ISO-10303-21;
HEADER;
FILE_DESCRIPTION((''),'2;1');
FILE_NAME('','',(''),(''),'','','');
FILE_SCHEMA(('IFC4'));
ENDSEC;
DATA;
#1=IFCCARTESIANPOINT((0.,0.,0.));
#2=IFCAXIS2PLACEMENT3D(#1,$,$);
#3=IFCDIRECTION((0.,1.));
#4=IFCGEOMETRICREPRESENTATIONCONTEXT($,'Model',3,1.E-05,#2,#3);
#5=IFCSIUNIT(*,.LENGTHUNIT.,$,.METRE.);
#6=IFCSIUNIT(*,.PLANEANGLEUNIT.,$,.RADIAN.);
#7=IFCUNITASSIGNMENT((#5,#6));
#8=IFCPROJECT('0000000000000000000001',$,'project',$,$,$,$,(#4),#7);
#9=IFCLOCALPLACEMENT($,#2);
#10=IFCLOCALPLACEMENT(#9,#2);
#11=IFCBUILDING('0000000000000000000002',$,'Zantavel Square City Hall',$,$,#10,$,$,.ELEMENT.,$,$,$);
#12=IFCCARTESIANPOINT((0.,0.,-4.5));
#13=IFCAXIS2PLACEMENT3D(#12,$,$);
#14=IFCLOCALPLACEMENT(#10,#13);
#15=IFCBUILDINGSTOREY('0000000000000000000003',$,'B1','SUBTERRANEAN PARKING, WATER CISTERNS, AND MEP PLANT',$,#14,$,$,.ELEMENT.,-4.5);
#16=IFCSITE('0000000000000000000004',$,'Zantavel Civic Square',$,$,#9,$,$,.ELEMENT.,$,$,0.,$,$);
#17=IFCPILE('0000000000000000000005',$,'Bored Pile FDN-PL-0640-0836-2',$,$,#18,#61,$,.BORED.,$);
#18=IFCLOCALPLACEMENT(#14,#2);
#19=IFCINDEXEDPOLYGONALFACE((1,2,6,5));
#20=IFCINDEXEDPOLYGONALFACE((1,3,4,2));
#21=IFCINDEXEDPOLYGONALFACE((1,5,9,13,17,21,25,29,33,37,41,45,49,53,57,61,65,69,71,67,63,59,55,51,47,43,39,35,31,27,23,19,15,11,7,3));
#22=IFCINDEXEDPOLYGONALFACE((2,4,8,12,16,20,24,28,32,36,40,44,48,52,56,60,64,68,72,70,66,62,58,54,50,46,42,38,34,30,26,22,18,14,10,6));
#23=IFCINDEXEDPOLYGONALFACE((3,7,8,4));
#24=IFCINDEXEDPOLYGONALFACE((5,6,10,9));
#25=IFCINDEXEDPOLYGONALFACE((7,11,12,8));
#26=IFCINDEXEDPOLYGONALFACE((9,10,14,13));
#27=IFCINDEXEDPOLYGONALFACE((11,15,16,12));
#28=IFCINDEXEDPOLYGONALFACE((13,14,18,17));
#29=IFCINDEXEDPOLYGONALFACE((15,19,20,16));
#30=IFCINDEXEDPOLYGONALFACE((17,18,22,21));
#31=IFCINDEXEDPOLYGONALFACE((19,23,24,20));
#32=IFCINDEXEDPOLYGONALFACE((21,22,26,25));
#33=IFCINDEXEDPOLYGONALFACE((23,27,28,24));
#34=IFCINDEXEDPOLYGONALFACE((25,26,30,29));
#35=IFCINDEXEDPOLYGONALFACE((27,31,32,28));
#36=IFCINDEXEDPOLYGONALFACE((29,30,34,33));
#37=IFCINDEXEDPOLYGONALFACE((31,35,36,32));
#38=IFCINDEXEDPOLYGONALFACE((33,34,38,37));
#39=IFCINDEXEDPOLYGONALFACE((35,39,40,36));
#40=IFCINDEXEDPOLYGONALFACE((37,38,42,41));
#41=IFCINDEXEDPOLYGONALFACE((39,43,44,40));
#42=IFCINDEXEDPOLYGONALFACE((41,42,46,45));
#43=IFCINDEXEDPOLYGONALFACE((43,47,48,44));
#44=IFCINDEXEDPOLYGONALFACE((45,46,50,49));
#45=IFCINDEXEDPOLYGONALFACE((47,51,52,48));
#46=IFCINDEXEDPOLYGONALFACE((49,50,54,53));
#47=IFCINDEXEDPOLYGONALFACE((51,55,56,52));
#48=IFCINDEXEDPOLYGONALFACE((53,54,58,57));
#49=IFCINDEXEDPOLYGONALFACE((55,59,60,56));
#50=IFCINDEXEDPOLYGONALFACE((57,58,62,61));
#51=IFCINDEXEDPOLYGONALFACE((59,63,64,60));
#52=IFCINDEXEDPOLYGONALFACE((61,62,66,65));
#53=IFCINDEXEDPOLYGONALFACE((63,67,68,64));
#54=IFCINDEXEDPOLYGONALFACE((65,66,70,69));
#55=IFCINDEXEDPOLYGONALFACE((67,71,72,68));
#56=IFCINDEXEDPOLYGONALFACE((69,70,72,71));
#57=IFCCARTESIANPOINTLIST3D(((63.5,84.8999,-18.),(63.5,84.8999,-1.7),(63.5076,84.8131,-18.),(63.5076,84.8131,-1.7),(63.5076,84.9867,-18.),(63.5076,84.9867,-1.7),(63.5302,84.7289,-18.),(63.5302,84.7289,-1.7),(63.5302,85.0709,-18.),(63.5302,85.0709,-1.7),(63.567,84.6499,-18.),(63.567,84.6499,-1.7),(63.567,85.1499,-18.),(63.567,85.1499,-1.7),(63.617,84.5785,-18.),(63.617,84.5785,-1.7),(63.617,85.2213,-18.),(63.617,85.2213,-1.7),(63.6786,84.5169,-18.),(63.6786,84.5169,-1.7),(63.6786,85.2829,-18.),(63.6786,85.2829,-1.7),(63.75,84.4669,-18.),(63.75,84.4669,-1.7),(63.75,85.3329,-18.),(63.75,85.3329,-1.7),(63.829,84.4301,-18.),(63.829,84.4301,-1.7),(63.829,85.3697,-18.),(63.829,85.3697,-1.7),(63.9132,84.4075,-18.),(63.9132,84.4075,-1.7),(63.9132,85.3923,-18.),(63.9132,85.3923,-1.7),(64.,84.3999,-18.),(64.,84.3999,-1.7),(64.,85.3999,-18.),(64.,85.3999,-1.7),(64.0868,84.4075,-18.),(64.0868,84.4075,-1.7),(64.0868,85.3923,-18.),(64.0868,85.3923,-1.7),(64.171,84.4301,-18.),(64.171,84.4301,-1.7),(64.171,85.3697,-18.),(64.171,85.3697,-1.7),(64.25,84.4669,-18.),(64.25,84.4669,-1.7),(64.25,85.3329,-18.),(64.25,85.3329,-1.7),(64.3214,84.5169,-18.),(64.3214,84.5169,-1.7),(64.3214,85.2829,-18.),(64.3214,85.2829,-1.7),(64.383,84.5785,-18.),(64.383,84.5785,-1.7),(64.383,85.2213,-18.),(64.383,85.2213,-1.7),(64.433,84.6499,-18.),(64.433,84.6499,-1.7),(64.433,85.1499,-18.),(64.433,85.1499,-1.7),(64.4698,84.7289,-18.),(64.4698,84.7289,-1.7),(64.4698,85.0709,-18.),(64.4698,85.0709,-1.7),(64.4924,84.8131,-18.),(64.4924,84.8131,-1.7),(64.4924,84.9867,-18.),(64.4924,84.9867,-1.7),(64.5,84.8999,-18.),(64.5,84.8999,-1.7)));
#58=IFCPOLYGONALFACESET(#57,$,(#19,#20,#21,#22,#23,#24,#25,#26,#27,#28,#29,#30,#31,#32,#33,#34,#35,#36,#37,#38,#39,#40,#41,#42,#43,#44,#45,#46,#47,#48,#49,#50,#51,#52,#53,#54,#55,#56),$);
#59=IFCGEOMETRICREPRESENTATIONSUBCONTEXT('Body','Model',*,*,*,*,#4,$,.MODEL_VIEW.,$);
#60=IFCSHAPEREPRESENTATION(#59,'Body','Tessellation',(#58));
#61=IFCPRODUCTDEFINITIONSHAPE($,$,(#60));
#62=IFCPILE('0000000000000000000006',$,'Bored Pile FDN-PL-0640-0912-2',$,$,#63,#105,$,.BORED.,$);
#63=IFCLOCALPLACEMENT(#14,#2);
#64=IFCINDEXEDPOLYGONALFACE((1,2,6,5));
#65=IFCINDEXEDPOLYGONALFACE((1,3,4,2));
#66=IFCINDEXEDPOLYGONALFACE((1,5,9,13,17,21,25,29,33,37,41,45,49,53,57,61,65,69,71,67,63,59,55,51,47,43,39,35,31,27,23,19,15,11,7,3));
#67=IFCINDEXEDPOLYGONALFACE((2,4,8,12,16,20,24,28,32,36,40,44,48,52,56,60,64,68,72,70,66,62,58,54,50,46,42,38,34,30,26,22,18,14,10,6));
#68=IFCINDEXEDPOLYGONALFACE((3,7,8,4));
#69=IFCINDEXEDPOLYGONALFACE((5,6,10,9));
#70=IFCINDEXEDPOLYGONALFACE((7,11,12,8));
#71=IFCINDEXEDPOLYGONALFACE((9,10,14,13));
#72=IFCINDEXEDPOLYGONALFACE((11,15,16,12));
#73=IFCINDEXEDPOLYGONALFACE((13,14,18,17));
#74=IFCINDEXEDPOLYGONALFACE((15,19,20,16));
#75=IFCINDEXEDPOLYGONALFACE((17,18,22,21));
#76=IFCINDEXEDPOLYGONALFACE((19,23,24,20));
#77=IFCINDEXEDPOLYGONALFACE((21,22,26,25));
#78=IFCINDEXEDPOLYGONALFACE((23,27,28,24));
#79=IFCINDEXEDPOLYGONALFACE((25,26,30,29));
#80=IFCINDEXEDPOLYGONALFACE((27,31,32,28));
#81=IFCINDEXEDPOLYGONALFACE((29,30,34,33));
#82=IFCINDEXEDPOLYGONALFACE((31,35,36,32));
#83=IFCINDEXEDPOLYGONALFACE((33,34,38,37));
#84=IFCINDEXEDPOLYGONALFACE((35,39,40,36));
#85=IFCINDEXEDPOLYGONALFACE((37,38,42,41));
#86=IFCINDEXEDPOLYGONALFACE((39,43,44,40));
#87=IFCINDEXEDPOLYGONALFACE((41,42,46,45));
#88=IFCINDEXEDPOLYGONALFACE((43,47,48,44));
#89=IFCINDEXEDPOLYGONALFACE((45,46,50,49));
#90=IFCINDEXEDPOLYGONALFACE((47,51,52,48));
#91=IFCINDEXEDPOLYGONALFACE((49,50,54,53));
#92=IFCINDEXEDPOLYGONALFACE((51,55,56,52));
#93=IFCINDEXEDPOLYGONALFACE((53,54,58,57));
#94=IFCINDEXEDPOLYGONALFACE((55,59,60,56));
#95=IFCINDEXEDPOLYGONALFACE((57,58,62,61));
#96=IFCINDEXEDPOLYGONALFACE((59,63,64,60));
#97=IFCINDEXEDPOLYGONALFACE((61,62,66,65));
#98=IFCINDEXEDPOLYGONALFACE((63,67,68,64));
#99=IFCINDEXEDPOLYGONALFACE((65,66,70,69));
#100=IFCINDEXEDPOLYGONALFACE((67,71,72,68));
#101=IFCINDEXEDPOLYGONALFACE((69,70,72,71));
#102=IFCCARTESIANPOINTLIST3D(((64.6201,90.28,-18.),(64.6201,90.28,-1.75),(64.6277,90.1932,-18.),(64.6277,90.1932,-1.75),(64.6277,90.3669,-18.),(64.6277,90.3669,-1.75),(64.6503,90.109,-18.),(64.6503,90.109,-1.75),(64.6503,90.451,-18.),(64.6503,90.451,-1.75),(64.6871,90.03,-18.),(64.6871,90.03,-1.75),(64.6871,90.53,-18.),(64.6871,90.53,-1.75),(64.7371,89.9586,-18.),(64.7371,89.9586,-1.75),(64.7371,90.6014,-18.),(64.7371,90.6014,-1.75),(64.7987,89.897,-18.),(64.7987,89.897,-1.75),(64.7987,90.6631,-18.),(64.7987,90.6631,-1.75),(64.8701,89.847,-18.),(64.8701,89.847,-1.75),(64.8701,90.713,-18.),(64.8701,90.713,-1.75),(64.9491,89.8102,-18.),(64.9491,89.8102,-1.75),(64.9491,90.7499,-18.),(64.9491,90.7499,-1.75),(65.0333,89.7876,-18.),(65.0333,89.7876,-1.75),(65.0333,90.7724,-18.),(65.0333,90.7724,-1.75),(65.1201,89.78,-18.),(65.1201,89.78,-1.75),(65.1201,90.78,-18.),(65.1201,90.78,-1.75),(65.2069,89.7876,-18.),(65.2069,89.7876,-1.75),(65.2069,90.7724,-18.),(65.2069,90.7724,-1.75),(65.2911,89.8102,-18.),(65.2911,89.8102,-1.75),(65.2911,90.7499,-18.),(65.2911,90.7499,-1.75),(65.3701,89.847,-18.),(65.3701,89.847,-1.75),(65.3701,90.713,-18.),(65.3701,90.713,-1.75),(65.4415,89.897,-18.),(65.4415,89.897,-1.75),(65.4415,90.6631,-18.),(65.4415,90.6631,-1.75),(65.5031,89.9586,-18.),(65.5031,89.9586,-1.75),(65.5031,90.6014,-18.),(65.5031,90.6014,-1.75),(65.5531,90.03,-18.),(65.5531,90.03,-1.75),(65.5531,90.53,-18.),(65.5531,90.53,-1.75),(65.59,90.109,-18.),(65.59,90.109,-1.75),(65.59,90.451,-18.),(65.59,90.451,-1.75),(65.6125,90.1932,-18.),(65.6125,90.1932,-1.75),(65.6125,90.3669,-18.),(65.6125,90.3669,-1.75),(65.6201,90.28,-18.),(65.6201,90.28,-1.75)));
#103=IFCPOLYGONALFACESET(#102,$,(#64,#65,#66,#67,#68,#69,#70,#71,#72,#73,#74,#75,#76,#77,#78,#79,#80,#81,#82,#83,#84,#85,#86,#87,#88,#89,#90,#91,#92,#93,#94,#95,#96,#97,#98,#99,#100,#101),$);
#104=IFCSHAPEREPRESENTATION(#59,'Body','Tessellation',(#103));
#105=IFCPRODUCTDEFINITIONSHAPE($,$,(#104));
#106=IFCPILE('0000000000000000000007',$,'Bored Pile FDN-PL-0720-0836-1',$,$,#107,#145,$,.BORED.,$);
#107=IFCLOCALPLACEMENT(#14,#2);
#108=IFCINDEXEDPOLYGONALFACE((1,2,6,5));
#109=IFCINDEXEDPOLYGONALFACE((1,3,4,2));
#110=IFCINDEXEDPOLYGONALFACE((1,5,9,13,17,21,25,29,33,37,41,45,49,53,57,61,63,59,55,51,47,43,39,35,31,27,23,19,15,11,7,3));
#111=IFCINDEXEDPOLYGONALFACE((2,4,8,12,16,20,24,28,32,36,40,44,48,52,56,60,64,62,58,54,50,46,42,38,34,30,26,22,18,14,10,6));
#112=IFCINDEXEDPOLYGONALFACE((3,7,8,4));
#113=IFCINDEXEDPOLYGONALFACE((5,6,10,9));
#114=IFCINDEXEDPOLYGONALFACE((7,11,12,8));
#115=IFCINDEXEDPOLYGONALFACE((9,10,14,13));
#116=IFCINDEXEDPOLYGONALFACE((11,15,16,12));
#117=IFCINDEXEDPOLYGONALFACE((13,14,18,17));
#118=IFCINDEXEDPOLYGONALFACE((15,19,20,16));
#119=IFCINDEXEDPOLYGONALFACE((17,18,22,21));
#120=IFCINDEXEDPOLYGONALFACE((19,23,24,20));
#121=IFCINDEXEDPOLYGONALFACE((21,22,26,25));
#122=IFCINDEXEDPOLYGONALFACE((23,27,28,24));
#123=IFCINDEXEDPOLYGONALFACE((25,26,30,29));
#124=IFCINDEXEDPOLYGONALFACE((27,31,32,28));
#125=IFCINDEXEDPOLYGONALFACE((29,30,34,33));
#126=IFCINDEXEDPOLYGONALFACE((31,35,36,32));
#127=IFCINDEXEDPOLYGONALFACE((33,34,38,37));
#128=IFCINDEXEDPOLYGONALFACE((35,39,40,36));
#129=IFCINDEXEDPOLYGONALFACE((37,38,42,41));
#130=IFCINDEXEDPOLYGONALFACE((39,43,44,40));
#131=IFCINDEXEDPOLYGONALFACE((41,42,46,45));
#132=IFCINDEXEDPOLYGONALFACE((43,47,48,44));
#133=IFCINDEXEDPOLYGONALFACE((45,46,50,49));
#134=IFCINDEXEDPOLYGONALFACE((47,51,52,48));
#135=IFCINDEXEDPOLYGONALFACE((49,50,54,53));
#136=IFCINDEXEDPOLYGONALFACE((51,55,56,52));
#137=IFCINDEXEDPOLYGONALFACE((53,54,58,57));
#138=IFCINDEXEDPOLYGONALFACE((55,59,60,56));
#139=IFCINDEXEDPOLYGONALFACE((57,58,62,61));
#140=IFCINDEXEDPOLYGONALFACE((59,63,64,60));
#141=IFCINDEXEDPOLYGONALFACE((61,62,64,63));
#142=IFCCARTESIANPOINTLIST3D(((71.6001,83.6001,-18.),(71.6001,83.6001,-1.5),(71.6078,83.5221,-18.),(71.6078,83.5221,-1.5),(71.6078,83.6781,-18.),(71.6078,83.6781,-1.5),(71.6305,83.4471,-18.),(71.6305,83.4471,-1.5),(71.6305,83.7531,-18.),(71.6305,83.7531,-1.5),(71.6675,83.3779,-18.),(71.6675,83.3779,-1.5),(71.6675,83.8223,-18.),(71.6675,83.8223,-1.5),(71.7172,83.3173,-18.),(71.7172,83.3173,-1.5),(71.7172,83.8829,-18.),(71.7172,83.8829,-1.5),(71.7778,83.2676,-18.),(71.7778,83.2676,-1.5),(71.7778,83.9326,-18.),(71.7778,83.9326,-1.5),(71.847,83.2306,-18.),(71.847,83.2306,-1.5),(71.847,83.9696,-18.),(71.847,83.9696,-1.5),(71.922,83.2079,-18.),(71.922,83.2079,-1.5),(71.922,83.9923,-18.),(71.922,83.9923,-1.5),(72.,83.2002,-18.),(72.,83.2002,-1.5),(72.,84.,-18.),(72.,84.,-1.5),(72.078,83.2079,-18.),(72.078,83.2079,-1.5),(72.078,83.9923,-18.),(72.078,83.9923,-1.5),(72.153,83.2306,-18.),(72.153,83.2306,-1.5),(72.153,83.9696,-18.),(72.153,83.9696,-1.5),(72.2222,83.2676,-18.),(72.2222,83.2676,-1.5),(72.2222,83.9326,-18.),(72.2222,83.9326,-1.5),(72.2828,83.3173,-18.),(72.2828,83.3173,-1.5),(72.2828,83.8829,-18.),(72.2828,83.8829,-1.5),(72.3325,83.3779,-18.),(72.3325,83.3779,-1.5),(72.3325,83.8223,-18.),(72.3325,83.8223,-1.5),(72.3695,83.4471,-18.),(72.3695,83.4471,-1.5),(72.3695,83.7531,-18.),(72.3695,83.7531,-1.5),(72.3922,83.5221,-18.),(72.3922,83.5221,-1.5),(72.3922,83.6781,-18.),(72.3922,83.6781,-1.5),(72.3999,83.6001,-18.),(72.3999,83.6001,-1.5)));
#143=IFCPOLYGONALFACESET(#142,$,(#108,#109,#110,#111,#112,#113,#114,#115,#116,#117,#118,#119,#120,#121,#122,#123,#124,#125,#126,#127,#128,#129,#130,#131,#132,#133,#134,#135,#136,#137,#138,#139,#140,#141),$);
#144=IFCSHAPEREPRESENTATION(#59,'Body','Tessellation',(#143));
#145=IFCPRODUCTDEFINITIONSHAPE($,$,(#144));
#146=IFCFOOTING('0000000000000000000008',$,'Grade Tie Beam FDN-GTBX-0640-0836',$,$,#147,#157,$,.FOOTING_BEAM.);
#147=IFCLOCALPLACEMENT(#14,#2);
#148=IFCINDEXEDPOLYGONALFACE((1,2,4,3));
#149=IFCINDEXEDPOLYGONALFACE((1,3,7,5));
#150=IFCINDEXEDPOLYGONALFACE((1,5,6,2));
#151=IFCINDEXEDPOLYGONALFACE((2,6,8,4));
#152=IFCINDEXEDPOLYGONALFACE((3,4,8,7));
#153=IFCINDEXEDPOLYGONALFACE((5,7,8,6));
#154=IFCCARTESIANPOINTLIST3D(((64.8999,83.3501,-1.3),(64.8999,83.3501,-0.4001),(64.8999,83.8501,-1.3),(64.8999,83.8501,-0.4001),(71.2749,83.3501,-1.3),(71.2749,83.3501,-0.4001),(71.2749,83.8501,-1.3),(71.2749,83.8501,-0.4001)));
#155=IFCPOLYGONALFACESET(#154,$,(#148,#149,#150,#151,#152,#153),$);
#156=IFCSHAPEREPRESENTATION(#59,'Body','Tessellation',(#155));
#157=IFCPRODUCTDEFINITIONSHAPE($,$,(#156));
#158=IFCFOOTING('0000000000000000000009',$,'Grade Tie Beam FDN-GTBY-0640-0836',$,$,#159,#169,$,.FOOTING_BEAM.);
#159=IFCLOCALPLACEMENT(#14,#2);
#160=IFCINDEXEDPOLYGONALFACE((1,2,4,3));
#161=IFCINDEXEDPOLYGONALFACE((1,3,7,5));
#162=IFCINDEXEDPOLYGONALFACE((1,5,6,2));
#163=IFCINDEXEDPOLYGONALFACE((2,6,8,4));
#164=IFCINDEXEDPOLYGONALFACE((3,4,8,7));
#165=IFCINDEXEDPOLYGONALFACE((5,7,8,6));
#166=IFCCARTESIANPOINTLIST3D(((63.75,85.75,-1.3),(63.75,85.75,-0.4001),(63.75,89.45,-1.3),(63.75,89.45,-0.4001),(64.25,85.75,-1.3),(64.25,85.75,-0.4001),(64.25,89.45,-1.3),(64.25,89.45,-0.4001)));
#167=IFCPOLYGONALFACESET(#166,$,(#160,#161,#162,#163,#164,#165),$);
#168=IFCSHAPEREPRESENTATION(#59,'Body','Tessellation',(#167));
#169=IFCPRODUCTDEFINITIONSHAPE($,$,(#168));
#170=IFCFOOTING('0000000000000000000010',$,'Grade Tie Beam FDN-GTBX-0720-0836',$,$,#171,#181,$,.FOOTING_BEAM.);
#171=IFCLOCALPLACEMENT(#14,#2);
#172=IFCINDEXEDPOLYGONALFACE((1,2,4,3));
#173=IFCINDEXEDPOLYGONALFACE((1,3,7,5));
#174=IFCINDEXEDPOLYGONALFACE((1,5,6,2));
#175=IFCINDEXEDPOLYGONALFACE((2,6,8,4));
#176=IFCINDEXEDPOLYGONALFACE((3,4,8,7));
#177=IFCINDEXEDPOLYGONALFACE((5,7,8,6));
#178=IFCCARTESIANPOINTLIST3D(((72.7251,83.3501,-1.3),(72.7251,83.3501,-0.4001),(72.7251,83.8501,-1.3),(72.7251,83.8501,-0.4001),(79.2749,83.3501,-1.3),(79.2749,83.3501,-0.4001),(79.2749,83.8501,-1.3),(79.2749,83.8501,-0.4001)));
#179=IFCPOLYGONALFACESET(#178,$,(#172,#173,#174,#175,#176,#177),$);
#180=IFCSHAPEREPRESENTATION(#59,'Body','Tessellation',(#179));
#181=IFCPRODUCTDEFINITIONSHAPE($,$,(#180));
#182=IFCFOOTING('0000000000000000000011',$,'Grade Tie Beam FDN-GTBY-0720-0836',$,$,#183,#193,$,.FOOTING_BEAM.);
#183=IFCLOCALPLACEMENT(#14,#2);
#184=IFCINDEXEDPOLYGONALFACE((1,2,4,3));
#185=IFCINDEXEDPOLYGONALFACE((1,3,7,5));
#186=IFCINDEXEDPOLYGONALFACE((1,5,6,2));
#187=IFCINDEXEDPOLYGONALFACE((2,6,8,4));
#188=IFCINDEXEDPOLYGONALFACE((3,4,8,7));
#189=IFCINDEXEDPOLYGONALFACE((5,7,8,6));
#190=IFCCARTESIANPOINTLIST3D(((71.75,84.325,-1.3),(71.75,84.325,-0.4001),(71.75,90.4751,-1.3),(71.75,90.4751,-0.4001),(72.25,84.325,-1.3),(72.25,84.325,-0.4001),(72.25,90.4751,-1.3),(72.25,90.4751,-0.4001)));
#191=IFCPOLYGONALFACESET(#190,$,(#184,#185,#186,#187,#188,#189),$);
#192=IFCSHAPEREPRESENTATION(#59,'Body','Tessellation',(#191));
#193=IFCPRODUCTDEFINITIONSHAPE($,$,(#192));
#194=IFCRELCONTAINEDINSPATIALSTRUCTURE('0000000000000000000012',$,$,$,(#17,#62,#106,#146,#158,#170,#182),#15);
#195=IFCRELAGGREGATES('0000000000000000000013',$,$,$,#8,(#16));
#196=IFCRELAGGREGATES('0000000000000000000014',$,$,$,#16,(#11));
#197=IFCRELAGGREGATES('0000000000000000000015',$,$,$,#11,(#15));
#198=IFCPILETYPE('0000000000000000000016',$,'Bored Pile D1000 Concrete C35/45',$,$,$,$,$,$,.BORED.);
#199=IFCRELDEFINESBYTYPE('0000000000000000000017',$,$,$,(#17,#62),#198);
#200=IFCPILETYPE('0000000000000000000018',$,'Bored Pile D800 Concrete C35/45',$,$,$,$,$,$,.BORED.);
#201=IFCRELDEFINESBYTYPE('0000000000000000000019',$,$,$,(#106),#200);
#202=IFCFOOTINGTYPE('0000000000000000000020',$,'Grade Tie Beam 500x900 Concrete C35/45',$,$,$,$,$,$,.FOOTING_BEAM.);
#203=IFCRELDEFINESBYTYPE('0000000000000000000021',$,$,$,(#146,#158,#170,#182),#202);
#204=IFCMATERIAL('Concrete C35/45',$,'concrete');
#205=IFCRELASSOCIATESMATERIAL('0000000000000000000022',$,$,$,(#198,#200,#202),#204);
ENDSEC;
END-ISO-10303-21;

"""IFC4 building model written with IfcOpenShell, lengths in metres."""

from ifc_helpers import new_model, si_unit, direction, frame, origin, origin_2d, place, context, subcontext, project, spatial, rectangle, circle, extrude, material, material_profile, profile_set, type_object, element, save


model = new_model("IFC4")

# Units and contexts
model_context = context("Model", 3, precision=1e-05, world=origin(), true_north=direction((0.0, 1.0)))
body_context = subcontext(model_context, "Body", "Model", "MODEL_VIEW")
ifc_project = project(units=[si_unit("LENGTHUNIT", "METRE"), si_unit("PLANEANGLEUNIT", "RADIAN")], contexts=[model_context])

# Site, building, storey
site_placement = place(None, origin())
site = spatial("IfcSite", under=ifc_project, at=site_placement, Name="Zantavel Civic Square", CompositionType="ELEMENT", RefElevation=0.0)
building_placement = place(site_placement, origin())
building = spatial("IfcBuilding", under=site, at=building_placement, Name="Zantavel Square City Hall", CompositionType="ELEMENT")
storey_placement = place(building_placement, frame((0.0, 0.0, -4.5)))
storey = spatial("IfcBuildingStorey", under=building, at=storey_placement, Name="B1", Description="SUBTERRANEAN PARKING, WATER CISTERNS, AND MEP PLANT", CompositionType="ELEMENT", Elevation=-4.5)

# Piles
ifc_material_1 = material(Name="Concrete C35/45", Category="concrete")
ifc_material_profile_1 = material_profile(ifc_material_1, circle(Radius=0.5, at=origin_2d()), Name="PILE D1000")
ifc_profile_set_1 = profile_set([ifc_material_profile_1], Name="Concrete C35/45")
pile_type_1 = type_object("IfcPileType", Name="Bored Pile D1000 Concrete C35/45", PredefinedType="BORED", material=ifc_profile_set_1)
pile_1_placement = place(storey_placement, frame((64.0, 84.8999, -1.7), z_axis=(0.0, 0.0, -1.0), x_axis=(1.0, 0.0, 0.0)))
element("IfcPile", 1, at=pile_1_placement, inside=storey, type_object=pile_type_1, Name="Bored Pile FDN-PL-0640-0836-2", PredefinedType="BORED", context=body_context, shape_type="SweptSolid", body=[
    extrude(circle(Radius=0.5, at=origin_2d()), origin(), (0.0, 0.0, 1.0), 16.3),
])
pile_2_placement = place(storey_placement, frame((65.1201, 90.28, -1.75), z_axis=(0.0, 0.0, -1.0), x_axis=(1.0, 0.0, 0.0)))
element("IfcPile", 2, at=pile_2_placement, inside=storey, type_object=pile_type_1, Name="Bored Pile FDN-PL-0640-0912-2", PredefinedType="BORED", context=body_context, shape_type="SweptSolid", body=[
    extrude(circle(Radius=0.5, at=origin_2d()), origin(), (0.0, 0.0, 1.0), 16.25),
])
ifc_material_profile_2 = material_profile(ifc_material_1, circle(Radius=0.3999, at=origin_2d()), Name="PILE D800")
ifc_profile_set_2 = profile_set([ifc_material_profile_2], Name="Concrete C35/45")
pile_type_2 = type_object("IfcPileType", Name="Bored Pile D800 Concrete C35/45", PredefinedType="BORED", material=ifc_profile_set_2)
pile_3_placement = place(storey_placement, frame((72.0, 83.6001, -1.5), z_axis=(0.0, 0.0, -1.0), x_axis=(1.0, 0.0, 0.0)))
element("IfcPile", 3, at=pile_3_placement, inside=storey, type_object=pile_type_2, Name="Bored Pile FDN-PL-0720-0836-1", PredefinedType="BORED", context=body_context, shape_type="SweptSolid", body=[
    extrude(circle(Radius=0.3999, at=origin_2d()), origin(), (0.0, 0.0, 1.0), 16.5),
])

# Footings
ifc_material_profile_3 = material_profile(ifc_material_1, rectangle(XDim=0.5, YDim=0.8999, at=origin_2d()), Name="RC 500x900")
ifc_profile_set_3 = profile_set([ifc_material_profile_3], Name="Concrete C35/45")
footing_type_1 = type_object("IfcFootingType", Name="Grade Tie Beam 500x900 Concrete C35/45", PredefinedType="FOOTING_BEAM", material=ifc_profile_set_3)
footing_1_placement = place(storey_placement, frame((64.8999, 83.6001, -0.8501), z_axis=(1.0, 0.0, 0.0), x_axis=(0.0, 1.0, 0.0)))
element("IfcFooting", 4, at=footing_1_placement, inside=storey, type_object=footing_type_1, Name="Grade Tie Beam FDN-GTBX-0640-0836", PredefinedType="FOOTING_BEAM", context=body_context, shape_type="SweptSolid", body=[
    extrude(rectangle(XDim=0.5, YDim=0.8999, at=origin_2d()), origin(), (0.0, 0.0, 1.0), 6.375),
])
footing_2_placement = place(storey_placement, frame((64.0, 85.75, -0.8501), z_axis=(0.0, 1.0, 0.0), x_axis=(-1.0, 0.0, 0.0)))
element("IfcFooting", 5, at=footing_2_placement, inside=storey, type_object=footing_type_1, Name="Grade Tie Beam FDN-GTBY-0640-0836", PredefinedType="FOOTING_BEAM", context=body_context, shape_type="SweptSolid", body=[
    extrude(rectangle(XDim=0.5, YDim=0.8999, at=origin_2d()), origin(), (0.0, 0.0, 1.0), 3.7),
])
footing_3_placement = place(storey_placement, frame((72.7251, 83.6001, -0.8501), z_axis=(1.0, 0.0, 0.0), x_axis=(0.0, 1.0, 0.0)))
element("IfcFooting", 6, at=footing_3_placement, inside=storey, type_object=footing_type_1, Name="Grade Tie Beam FDN-GTBX-0720-0836", PredefinedType="FOOTING_BEAM", context=body_context, shape_type="SweptSolid", body=[
    extrude(rectangle(XDim=0.5, YDim=0.8999, at=origin_2d()), origin(), (0.0, 0.0, 1.0), 6.5498),
])
footing_4_placement = place(storey_placement, frame((72.0, 84.325, -0.8501), z_axis=(0.0, 1.0, 0.0), x_axis=(-1.0, 0.0, 0.0)))
element("IfcFooting", 7, at=footing_4_placement, inside=storey, type_object=footing_type_1, Name="Grade Tie Beam FDN-GTBY-0720-0836", PredefinedType="FOOTING_BEAM", context=body_context, shape_type="SweptSolid", body=[
    extrude(rectangle(XDim=0.5, YDim=0.8999, at=origin_2d()), origin(), (0.0, 0.0, 1.0), 6.1501),
])

save(model, "model.ifc")
